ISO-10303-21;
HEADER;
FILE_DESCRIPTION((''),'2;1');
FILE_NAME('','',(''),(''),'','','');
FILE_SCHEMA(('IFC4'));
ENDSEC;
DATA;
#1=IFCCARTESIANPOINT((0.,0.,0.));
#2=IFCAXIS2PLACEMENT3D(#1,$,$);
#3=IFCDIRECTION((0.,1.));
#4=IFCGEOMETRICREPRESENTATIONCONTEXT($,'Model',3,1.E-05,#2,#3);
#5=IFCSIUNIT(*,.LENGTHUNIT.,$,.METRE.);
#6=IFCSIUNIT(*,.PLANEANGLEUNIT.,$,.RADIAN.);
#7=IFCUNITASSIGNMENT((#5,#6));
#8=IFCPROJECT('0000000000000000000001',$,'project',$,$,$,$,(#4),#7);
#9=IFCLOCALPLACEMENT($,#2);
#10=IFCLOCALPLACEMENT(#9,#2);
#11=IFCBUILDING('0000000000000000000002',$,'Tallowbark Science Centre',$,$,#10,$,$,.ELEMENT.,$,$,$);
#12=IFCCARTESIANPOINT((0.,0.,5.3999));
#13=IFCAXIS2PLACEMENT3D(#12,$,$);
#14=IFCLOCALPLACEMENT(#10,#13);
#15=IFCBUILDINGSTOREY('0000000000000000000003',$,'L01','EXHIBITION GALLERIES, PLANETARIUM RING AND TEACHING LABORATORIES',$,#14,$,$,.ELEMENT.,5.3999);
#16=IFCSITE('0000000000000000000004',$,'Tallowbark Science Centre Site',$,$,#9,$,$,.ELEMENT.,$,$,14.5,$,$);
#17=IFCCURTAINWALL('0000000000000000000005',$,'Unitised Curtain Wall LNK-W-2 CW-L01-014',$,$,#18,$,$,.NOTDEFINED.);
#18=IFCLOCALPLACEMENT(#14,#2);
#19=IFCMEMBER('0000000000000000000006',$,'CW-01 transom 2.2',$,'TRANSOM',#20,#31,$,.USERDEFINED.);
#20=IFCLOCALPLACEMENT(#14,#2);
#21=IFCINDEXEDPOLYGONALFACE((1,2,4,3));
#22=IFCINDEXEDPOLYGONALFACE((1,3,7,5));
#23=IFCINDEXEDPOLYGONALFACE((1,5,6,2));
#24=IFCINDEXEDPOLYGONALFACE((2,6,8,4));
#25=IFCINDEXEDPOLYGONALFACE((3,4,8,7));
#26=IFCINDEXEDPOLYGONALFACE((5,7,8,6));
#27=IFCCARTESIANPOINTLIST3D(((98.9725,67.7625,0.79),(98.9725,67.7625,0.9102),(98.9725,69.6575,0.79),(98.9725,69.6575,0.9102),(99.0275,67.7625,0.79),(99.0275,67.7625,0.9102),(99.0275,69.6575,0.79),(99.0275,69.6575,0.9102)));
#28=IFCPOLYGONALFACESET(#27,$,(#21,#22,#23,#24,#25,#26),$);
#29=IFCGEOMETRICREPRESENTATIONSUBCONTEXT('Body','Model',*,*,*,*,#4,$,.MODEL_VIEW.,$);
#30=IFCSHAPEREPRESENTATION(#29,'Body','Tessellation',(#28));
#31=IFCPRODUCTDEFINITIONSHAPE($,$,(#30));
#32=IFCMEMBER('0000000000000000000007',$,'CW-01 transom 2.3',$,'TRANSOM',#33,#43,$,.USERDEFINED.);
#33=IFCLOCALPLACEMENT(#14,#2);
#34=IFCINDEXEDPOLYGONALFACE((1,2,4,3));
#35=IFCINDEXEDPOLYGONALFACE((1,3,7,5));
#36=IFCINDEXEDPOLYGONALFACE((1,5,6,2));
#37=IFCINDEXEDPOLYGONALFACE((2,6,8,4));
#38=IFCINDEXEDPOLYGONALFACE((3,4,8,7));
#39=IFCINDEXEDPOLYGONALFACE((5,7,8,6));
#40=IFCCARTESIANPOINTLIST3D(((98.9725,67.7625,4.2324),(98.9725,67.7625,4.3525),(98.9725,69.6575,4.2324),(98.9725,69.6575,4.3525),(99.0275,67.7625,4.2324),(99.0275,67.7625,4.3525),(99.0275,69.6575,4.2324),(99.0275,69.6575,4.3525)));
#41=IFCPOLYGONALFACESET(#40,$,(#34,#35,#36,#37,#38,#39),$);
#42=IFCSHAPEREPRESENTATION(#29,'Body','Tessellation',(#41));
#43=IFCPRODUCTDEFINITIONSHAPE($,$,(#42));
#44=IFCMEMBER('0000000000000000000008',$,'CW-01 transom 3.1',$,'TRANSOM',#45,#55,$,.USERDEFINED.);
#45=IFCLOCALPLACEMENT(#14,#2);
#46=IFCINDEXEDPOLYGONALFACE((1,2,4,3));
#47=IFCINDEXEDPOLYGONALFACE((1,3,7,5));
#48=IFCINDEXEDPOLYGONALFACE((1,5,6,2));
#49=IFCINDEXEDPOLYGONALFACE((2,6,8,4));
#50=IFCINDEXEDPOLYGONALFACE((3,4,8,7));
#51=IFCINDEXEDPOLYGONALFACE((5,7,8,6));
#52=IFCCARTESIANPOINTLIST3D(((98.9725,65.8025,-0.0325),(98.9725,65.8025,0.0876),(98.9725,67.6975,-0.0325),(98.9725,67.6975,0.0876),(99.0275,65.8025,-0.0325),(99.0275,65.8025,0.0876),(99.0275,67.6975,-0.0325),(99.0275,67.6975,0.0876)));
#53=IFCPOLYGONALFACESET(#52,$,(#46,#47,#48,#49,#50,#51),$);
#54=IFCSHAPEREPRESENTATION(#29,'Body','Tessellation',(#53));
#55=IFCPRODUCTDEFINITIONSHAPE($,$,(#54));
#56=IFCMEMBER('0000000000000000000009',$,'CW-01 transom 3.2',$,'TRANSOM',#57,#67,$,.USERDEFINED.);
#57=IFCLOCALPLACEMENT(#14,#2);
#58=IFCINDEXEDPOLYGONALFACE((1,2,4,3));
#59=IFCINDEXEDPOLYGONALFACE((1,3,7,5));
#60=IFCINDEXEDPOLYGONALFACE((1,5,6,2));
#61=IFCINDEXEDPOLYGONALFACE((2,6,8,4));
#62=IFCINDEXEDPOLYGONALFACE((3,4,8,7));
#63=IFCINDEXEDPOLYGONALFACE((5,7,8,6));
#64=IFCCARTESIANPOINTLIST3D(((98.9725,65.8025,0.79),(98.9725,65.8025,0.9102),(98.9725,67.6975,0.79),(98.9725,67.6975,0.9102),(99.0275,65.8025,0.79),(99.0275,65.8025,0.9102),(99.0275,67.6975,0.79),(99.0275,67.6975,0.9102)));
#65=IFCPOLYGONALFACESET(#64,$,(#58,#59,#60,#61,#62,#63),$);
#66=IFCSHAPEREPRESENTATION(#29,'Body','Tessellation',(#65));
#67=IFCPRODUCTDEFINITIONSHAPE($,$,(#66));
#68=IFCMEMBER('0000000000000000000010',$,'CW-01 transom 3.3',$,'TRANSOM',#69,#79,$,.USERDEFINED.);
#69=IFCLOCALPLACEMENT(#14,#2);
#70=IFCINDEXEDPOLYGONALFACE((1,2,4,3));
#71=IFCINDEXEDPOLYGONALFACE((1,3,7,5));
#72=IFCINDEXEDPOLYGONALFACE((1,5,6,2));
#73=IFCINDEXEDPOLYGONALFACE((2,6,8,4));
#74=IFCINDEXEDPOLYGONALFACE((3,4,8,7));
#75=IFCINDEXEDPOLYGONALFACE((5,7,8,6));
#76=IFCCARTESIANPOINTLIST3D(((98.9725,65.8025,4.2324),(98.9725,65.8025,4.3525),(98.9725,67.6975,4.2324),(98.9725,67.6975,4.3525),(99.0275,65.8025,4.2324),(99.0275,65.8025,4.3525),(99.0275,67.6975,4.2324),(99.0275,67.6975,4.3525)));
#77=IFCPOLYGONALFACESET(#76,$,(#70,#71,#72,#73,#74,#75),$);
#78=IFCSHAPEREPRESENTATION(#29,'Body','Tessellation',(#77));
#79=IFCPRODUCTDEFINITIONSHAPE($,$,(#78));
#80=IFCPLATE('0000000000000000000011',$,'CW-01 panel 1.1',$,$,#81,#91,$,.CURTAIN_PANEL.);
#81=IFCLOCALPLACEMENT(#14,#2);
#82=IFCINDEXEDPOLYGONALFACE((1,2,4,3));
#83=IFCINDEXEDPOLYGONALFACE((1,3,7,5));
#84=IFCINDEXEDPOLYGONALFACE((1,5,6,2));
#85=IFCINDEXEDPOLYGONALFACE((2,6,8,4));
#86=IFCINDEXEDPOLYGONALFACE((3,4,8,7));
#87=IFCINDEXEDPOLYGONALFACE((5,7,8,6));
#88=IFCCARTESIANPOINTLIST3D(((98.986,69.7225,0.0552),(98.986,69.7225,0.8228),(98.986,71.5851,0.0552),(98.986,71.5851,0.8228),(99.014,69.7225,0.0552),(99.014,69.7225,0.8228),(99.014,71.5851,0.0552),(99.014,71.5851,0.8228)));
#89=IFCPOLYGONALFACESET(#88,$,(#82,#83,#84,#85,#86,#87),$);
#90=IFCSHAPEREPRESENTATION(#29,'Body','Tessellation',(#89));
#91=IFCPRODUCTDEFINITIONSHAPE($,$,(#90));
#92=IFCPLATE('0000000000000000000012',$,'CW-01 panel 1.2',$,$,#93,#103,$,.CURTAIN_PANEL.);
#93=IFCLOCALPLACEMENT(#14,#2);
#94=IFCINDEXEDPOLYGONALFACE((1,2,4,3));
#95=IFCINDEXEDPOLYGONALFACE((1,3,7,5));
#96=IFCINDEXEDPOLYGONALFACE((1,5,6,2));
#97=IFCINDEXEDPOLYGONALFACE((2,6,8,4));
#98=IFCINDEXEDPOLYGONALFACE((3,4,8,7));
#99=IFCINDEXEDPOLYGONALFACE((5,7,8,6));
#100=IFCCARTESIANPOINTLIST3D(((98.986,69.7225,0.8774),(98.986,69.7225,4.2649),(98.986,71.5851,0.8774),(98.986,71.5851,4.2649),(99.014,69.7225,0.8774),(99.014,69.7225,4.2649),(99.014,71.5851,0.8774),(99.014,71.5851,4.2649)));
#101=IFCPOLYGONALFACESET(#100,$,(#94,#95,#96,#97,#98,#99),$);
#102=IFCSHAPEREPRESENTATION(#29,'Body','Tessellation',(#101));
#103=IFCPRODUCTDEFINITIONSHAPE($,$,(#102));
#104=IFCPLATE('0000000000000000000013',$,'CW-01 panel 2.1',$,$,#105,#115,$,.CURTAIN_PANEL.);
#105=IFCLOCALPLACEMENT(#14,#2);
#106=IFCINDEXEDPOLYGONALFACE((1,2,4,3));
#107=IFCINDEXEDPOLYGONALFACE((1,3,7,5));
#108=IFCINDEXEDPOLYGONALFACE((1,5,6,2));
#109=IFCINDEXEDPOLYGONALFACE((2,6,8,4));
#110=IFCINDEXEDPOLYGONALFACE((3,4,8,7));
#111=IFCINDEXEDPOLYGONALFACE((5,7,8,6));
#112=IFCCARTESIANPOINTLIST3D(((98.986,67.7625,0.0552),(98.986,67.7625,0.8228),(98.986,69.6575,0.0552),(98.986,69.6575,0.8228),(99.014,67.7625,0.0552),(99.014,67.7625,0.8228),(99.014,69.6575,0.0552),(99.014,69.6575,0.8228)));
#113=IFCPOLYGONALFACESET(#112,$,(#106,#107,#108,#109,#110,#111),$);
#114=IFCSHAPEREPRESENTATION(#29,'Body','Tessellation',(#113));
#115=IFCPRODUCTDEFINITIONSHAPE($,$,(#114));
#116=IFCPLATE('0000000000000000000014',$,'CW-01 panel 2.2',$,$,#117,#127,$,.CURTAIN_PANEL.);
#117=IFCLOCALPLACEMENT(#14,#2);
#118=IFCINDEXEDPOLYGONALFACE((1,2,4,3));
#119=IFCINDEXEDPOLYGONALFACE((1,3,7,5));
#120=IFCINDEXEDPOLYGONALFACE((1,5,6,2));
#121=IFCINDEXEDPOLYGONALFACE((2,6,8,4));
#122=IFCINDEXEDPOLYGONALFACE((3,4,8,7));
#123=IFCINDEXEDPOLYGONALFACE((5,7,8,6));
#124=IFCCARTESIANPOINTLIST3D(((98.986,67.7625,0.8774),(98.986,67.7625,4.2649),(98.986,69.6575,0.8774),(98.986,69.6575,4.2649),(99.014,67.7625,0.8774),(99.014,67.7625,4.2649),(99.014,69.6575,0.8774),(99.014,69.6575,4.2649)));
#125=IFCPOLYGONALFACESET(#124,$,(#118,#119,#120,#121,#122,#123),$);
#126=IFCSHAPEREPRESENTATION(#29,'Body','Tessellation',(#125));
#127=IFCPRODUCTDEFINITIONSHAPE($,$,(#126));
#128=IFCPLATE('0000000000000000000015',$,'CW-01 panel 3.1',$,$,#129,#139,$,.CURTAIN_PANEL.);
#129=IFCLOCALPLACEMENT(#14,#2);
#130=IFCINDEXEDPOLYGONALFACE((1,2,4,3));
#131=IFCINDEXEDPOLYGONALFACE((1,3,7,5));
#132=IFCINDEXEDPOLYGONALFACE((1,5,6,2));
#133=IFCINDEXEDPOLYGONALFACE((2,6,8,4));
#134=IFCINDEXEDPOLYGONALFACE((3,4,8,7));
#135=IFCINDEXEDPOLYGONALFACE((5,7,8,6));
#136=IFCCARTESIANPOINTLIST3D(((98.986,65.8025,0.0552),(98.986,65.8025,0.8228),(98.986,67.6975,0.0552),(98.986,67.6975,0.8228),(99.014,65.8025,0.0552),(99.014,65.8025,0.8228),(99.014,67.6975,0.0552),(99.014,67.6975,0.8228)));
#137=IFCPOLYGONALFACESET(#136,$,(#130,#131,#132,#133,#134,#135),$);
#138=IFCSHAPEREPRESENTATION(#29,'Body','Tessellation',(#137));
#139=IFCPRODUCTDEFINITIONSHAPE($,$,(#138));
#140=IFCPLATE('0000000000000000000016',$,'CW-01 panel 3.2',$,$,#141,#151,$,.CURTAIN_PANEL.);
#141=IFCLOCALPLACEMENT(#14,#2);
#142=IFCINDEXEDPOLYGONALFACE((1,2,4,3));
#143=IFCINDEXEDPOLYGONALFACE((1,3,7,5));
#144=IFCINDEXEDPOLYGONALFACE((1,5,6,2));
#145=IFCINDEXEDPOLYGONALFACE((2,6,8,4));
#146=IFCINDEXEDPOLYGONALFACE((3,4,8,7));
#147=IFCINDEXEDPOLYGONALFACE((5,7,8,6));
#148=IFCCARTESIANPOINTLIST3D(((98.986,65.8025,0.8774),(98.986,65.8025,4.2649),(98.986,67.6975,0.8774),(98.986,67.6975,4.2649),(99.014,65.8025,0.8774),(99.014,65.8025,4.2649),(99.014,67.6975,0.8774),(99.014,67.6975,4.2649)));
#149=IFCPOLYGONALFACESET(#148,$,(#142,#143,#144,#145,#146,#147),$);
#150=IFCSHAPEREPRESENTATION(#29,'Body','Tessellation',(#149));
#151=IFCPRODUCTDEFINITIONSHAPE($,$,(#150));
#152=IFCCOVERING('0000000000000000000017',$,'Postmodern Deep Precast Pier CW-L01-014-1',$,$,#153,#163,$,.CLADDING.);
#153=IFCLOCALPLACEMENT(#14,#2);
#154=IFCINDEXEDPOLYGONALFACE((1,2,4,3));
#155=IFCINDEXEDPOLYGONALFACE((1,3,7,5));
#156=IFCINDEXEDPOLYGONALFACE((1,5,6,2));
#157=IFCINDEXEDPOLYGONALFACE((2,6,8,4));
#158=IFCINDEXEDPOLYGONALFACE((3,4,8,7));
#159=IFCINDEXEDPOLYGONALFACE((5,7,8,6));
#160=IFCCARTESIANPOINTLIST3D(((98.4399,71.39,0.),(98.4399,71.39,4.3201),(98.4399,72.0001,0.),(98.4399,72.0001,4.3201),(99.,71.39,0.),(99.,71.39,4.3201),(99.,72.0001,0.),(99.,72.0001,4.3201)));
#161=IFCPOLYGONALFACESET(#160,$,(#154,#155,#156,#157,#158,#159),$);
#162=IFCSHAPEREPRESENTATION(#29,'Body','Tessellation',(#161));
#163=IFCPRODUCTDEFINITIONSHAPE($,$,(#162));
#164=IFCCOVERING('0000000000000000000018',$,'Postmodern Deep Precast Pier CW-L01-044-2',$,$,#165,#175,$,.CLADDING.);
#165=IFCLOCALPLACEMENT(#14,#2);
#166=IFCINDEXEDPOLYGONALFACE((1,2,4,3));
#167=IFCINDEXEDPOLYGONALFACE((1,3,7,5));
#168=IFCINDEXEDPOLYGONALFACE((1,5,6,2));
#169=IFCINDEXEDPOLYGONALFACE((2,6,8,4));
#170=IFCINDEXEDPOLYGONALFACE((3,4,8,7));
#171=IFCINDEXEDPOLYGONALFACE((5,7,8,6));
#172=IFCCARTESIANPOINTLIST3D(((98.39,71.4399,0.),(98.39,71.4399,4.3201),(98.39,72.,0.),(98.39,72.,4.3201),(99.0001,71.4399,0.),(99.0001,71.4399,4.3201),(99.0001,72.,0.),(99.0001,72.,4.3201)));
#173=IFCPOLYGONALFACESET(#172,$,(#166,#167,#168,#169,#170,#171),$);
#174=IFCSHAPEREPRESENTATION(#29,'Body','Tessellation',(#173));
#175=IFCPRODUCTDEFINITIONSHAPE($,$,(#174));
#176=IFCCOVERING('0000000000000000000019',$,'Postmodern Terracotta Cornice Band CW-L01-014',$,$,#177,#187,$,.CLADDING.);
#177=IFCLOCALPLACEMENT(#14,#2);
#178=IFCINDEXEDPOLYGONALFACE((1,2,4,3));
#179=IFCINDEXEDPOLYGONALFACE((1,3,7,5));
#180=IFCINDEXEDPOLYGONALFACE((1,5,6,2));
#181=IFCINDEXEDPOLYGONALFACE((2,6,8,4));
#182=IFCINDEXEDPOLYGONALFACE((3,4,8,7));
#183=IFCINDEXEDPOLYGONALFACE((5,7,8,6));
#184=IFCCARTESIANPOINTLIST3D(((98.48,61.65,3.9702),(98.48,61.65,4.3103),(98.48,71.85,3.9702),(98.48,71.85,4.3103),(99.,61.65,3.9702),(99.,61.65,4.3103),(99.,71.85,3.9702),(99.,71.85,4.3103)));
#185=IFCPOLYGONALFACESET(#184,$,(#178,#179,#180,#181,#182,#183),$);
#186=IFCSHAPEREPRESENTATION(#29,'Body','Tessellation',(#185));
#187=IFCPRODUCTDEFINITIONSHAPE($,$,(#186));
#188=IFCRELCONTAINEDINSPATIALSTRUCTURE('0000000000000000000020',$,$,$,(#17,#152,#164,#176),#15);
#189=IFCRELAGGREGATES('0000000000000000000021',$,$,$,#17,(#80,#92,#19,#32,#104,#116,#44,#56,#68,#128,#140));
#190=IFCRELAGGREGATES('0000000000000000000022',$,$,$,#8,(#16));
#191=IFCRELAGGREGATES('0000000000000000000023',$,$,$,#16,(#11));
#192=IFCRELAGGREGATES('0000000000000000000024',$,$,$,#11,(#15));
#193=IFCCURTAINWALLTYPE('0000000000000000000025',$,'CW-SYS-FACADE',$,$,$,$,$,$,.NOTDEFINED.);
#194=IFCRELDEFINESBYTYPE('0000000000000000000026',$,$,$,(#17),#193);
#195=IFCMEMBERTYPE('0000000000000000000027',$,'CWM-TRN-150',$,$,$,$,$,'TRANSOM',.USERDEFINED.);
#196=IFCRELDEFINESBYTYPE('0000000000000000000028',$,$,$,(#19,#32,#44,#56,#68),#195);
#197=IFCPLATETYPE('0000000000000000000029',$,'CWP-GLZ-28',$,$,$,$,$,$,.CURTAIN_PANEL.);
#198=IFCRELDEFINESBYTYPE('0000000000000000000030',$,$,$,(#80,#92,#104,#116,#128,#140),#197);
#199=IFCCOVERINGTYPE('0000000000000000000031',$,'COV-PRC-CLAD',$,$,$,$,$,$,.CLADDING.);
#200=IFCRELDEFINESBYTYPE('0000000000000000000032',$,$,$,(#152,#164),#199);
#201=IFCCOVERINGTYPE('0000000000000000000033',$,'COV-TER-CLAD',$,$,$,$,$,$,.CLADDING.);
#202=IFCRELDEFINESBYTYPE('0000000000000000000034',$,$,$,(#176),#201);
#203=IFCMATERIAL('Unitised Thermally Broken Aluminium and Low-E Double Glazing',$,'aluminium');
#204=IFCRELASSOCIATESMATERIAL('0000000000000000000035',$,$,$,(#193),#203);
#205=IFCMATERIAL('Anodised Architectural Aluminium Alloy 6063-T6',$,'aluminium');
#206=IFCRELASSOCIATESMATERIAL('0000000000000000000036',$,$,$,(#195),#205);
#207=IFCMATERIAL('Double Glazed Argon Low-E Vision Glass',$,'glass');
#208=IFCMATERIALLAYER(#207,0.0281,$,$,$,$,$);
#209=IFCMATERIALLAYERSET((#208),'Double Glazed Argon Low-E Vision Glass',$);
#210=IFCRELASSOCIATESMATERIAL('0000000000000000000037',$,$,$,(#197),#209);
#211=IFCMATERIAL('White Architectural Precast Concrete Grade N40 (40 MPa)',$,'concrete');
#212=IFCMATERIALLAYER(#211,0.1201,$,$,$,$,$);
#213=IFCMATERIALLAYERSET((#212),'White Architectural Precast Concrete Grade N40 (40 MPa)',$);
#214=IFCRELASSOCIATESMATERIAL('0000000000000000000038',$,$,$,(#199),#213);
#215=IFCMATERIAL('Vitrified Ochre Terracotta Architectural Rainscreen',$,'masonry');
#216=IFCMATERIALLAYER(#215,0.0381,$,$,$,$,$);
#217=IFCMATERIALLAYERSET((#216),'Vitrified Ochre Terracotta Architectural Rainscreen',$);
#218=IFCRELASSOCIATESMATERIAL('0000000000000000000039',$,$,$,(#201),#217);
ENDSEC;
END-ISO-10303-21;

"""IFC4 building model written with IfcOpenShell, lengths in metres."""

from ifc_helpers import new_model, si_unit, direction, frame, origin, origin_2d, place, context, subcontext, project, spatial, rectangle, extrude, material, layer, layer_set, material_profile, profile_set, type_object, element, aggregate, save


model = new_model("IFC4")

# Units and contexts
model_context = context("Model", 3, precision=1e-05, world=origin(), true_north=direction((0.0, 1.0)))
body_context = subcontext(model_context, "Body", "Model", "MODEL_VIEW")
ifc_project = project(units=[si_unit("LENGTHUNIT", "METRE"), si_unit("PLANEANGLEUNIT", "RADIAN")], contexts=[model_context])

# Site, building, storey
site_placement = place(None, origin())
site = spatial("IfcSite", under=ifc_project, at=site_placement, Name="Tallowbark Science Centre Site", CompositionType="ELEMENT", RefElevation=14.5)
building_placement = place(site_placement, origin())
building = spatial("IfcBuilding", under=site, at=building_placement, Name="Tallowbark Science Centre", CompositionType="ELEMENT")
storey_placement = place(building_placement, frame((0.0, 0.0, 5.3999)))
storey = spatial("IfcBuildingStorey", under=building, at=storey_placement, Name="L01", Description="EXHIBITION GALLERIES, PLANETARIUM RING AND TEACHING LABORATORIES", CompositionType="ELEMENT", Elevation=5.3999)

# Curtain wall, members, plates
ifc_material_1 = material(Name="Unitised Thermally Broken Aluminium and Low-E Double Glazing", Category="aluminium")
curtain_wall_type = type_object("IfcCurtainWallType", Name="CW-SYS-FACADE", PredefinedType="NOTDEFINED", material=ifc_material_1)
curtain_wall_placement = place(storey_placement, origin())
curtain_wall = element("IfcCurtainWall", 1, at=curtain_wall_placement, inside=storey, type_object=curtain_wall_type, Name="Unitised Curtain Wall LNK-W-2 CW-L01-014", PredefinedType="NOTDEFINED")
ifc_material_2 = material(Name="Anodised Architectural Aluminium Alloy 6063-T6", Category="aluminium")
ifc_material_profile_1 = material_profile(ifc_material_2, rectangle(XDim=0.0549, YDim=0.1201, at=origin_2d()), Name="ALU55x120")
ifc_profile_set_1 = profile_set([ifc_material_profile_1], Name="Anodised Architectural Aluminium Alloy 6063-T6")
member_type_1 = type_object("IfcMemberType", Name="CWM-TRN-150", ElementType="TRANSOM", PredefinedType="USERDEFINED", material=ifc_profile_set_1)
member_1_placement = place(storey_placement, frame((99.0, 69.6575, 0.8501), z_axis=(0.0, -1.0, 0.0), x_axis=(1.0, 0.0, 0.0)))
member_1 = element("IfcMember", 2, at=member_1_placement, type_object=member_type_1, Name="CW-01 transom 2.2", ObjectType="TRANSOM", PredefinedType="USERDEFINED", context=body_context, shape_type="SweptSolid", body=[
    extrude(rectangle(XDim=0.0549, YDim=0.1201, at=origin_2d()), origin(), (0.0, 0.0, 1.0), 1.895),
])
member_2_placement = place(storey_placement, frame((99.0, 69.6575, 4.2925), z_axis=(0.0, -1.0, 0.0), x_axis=(1.0, 0.0, 0.0)))
member_2 = element("IfcMember", 3, at=member_2_placement, type_object=member_type_1, Name="CW-01 transom 2.3", ObjectType="TRANSOM", PredefinedType="USERDEFINED", context=body_context, shape_type="SweptSolid", body=[
    extrude(rectangle(XDim=0.0549, YDim=0.1201, at=origin_2d()), origin(), (0.0, 0.0, 1.0), 1.895),
])
member_3_placement = place(storey_placement, frame((99.0, 67.6975, 0.0276), z_axis=(0.0, -1.0, 0.0), x_axis=(1.0, 0.0, 0.0)))
member_3 = element("IfcMember", 4, at=member_3_placement, type_object=member_type_1, Name="CW-01 transom 3.1", ObjectType="TRANSOM", PredefinedType="USERDEFINED", context=body_context, shape_type="SweptSolid", body=[
    extrude(rectangle(XDim=0.0549, YDim=0.1201, at=origin_2d()), origin(), (0.0, 0.0, 1.0), 1.895),
])
member_4_placement = place(storey_placement, frame((99.0, 67.6975, 0.8501), z_axis=(0.0, -1.0, 0.0), x_axis=(1.0, 0.0, 0.0)))
member_4 = element("IfcMember", 5, at=member_4_placement, type_object=member_type_1, Name="CW-01 transom 3.2", ObjectType="TRANSOM", PredefinedType="USERDEFINED", context=body_context, shape_type="SweptSolid", body=[
    extrude(rectangle(XDim=0.0549, YDim=0.1201, at=origin_2d()), origin(), (0.0, 0.0, 1.0), 1.895),
])
member_5_placement = place(storey_placement, frame((99.0, 67.6975, 4.2925), z_axis=(0.0, -1.0, 0.0), x_axis=(1.0, 0.0, 0.0)))
member_5 = element("IfcMember", 6, at=member_5_placement, type_object=member_type_1, Name="CW-01 transom 3.3", ObjectType="TRANSOM", PredefinedType="USERDEFINED", context=body_context, shape_type="SweptSolid", body=[
    extrude(rectangle(XDim=0.0549, YDim=0.1201, at=origin_2d()), origin(), (0.0, 0.0, 1.0), 1.895),
])
ifc_material_3 = material(Name="Double Glazed Argon Low-E Vision Glass", Category="glass")
ifc_layer_1 = layer(ifc_material_3, 0.0281)
ifc_layer_set_1 = layer_set([ifc_layer_1], Name="Double Glazed Argon Low-E Vision Glass")
plate_type = type_object("IfcPlateType", Name="CWP-GLZ-28", PredefinedType="CURTAIN_PANEL", material=ifc_layer_set_1)
plate_1_placement = place(storey_placement, frame((99.0, 70.6538, 0.0552), z_axis=(0.0, 0.0, 1.0), x_axis=(0.0, -1.0, 0.0)))
plate_1 = element("IfcPlate", 7, at=plate_1_placement, type_object=plate_type, Name="CW-01 panel 1.1", PredefinedType="CURTAIN_PANEL", context=body_context, shape_type="SweptSolid", body=[
    extrude(rectangle(XDim=1.8625, YDim=0.0281, at=origin_2d()), origin(), (0.0, 0.0, 1.0), 0.7676),
])
plate_2_placement = place(storey_placement, frame((99.0, 70.6538, 0.8774), z_axis=(0.0, 0.0, 1.0), x_axis=(0.0, -1.0, 0.0)))
plate_2 = element("IfcPlate", 8, at=plate_2_placement, type_object=plate_type, Name="CW-01 panel 1.2", PredefinedType="CURTAIN_PANEL", context=body_context, shape_type="SweptSolid", body=[
    extrude(rectangle(XDim=1.8625, YDim=0.0281, at=origin_2d()), origin(), (0.0, 0.0, 1.0), 3.3875),
])
plate_3_placement = place(storey_placement, frame((99.0, 68.71, 0.0552), z_axis=(0.0, 0.0, 1.0), x_axis=(0.0, -1.0, 0.0)))
plate_3 = element("IfcPlate", 9, at=plate_3_placement, type_object=plate_type, Name="CW-01 panel 2.1", PredefinedType="CURTAIN_PANEL", context=body_context, shape_type="SweptSolid", body=[
    extrude(rectangle(XDim=1.895, YDim=0.0281, at=origin_2d()), origin(), (0.0, 0.0, 1.0), 0.7676),
])
plate_4_placement = place(storey_placement, frame((99.0, 68.71, 0.8774), z_axis=(0.0, 0.0, 1.0), x_axis=(0.0, -1.0, 0.0)))
plate_4 = element("IfcPlate", 10, at=plate_4_placement, type_object=plate_type, Name="CW-01 panel 2.2", PredefinedType="CURTAIN_PANEL", context=body_context, shape_type="SweptSolid", body=[
    extrude(rectangle(XDim=1.895, YDim=0.0281, at=origin_2d()), origin(), (0.0, 0.0, 1.0), 3.3875),
])
plate_5_placement = place(storey_placement, frame((99.0, 66.75, 0.0552), z_axis=(0.0, 0.0, 1.0), x_axis=(0.0, -1.0, 0.0)))
plate_5 = element("IfcPlate", 11, at=plate_5_placement, type_object=plate_type, Name="CW-01 panel 3.1", PredefinedType="CURTAIN_PANEL", context=body_context, shape_type="SweptSolid", body=[
    extrude(rectangle(XDim=1.895, YDim=0.0281, at=origin_2d()), origin(), (0.0, 0.0, 1.0), 0.7676),
])
plate_6_placement = place(storey_placement, frame((99.0, 66.75, 0.8774), z_axis=(0.0, 0.0, 1.0), x_axis=(0.0, -1.0, 0.0)))
plate_6 = element("IfcPlate", 12, at=plate_6_placement, type_object=plate_type, Name="CW-01 panel 3.2", PredefinedType="CURTAIN_PANEL", context=body_context, shape_type="SweptSolid", body=[
    extrude(rectangle(XDim=1.895, YDim=0.0281, at=origin_2d()), origin(), (0.0, 0.0, 1.0), 3.3875),
])
aggregate(curtain_wall, [plate_1, plate_2, member_1, member_2, plate_3, plate_4, member_3, member_4, member_5, plate_5, plate_6])

# Coverings
ifc_material_4 = material(Name="White Architectural Precast Concrete Grade N40 (40 MPa)", Category="concrete")
ifc_layer_2 = layer(ifc_material_4, 0.1201)
ifc_layer_set_2 = layer_set([ifc_layer_2], Name="White Architectural Precast Concrete Grade N40 (40 MPa)")
covering_type_1 = type_object("IfcCoveringType", Name="COV-PRC-CLAD", PredefinedType="CLADDING", material=ifc_layer_set_2)
for number, where, z_axis, x_axis, name in (
    (13, (98.72, 71.6951, 0.0), (0.0, 0.0, 1.0), (0.0, -1.0, 0.0), "Postmodern Deep Precast Pier CW-L01-014-1"),
    (14, (98.6951, 71.72, 0.0), (0.0, 0.0, 1.0), (1.0, 0.0, 0.0), "Postmodern Deep Precast Pier CW-L01-044-2"),
):
    element("IfcCovering", number, at=place(storey_placement, frame(where, z_axis=z_axis, x_axis=x_axis)), inside=storey, type_object=covering_type_1, Name=name, PredefinedType="CLADDING", context=body_context, shape_type="SweptSolid", body=[
        extrude(rectangle(XDim=0.6101, YDim=0.5601, at=origin_2d()), origin(), (0.0, 0.0, 1.0), 4.3201),
    ])
ifc_material_5 = material(Name="Vitrified Ochre Terracotta Architectural Rainscreen", Category="masonry")
ifc_layer_3 = layer(ifc_material_5, 0.0381)
ifc_layer_set_3 = layer_set([ifc_layer_3], Name="Vitrified Ochre Terracotta Architectural Rainscreen")
covering_type_2 = type_object("IfcCoveringType", Name="COV-TER-CLAD", PredefinedType="CLADDING", material=ifc_layer_set_3)
covering_1_placement = place(storey_placement, frame((98.74, 66.75, 3.9702), z_axis=(0.0, 0.0, 1.0), x_axis=(0.0, -1.0, 0.0)))
element("IfcCovering", 15, at=covering_1_placement, inside=storey, type_object=covering_type_2, Name="Postmodern Terracotta Cornice Band CW-L01-014", PredefinedType="CLADDING", context=body_context, shape_type="SweptSolid", body=[
    extrude(rectangle(XDim=10.2, YDim=0.52, at=origin_2d()), origin(), (0.0, 0.0, 1.0), 0.3401),
])

save(model, "model.ifc")
